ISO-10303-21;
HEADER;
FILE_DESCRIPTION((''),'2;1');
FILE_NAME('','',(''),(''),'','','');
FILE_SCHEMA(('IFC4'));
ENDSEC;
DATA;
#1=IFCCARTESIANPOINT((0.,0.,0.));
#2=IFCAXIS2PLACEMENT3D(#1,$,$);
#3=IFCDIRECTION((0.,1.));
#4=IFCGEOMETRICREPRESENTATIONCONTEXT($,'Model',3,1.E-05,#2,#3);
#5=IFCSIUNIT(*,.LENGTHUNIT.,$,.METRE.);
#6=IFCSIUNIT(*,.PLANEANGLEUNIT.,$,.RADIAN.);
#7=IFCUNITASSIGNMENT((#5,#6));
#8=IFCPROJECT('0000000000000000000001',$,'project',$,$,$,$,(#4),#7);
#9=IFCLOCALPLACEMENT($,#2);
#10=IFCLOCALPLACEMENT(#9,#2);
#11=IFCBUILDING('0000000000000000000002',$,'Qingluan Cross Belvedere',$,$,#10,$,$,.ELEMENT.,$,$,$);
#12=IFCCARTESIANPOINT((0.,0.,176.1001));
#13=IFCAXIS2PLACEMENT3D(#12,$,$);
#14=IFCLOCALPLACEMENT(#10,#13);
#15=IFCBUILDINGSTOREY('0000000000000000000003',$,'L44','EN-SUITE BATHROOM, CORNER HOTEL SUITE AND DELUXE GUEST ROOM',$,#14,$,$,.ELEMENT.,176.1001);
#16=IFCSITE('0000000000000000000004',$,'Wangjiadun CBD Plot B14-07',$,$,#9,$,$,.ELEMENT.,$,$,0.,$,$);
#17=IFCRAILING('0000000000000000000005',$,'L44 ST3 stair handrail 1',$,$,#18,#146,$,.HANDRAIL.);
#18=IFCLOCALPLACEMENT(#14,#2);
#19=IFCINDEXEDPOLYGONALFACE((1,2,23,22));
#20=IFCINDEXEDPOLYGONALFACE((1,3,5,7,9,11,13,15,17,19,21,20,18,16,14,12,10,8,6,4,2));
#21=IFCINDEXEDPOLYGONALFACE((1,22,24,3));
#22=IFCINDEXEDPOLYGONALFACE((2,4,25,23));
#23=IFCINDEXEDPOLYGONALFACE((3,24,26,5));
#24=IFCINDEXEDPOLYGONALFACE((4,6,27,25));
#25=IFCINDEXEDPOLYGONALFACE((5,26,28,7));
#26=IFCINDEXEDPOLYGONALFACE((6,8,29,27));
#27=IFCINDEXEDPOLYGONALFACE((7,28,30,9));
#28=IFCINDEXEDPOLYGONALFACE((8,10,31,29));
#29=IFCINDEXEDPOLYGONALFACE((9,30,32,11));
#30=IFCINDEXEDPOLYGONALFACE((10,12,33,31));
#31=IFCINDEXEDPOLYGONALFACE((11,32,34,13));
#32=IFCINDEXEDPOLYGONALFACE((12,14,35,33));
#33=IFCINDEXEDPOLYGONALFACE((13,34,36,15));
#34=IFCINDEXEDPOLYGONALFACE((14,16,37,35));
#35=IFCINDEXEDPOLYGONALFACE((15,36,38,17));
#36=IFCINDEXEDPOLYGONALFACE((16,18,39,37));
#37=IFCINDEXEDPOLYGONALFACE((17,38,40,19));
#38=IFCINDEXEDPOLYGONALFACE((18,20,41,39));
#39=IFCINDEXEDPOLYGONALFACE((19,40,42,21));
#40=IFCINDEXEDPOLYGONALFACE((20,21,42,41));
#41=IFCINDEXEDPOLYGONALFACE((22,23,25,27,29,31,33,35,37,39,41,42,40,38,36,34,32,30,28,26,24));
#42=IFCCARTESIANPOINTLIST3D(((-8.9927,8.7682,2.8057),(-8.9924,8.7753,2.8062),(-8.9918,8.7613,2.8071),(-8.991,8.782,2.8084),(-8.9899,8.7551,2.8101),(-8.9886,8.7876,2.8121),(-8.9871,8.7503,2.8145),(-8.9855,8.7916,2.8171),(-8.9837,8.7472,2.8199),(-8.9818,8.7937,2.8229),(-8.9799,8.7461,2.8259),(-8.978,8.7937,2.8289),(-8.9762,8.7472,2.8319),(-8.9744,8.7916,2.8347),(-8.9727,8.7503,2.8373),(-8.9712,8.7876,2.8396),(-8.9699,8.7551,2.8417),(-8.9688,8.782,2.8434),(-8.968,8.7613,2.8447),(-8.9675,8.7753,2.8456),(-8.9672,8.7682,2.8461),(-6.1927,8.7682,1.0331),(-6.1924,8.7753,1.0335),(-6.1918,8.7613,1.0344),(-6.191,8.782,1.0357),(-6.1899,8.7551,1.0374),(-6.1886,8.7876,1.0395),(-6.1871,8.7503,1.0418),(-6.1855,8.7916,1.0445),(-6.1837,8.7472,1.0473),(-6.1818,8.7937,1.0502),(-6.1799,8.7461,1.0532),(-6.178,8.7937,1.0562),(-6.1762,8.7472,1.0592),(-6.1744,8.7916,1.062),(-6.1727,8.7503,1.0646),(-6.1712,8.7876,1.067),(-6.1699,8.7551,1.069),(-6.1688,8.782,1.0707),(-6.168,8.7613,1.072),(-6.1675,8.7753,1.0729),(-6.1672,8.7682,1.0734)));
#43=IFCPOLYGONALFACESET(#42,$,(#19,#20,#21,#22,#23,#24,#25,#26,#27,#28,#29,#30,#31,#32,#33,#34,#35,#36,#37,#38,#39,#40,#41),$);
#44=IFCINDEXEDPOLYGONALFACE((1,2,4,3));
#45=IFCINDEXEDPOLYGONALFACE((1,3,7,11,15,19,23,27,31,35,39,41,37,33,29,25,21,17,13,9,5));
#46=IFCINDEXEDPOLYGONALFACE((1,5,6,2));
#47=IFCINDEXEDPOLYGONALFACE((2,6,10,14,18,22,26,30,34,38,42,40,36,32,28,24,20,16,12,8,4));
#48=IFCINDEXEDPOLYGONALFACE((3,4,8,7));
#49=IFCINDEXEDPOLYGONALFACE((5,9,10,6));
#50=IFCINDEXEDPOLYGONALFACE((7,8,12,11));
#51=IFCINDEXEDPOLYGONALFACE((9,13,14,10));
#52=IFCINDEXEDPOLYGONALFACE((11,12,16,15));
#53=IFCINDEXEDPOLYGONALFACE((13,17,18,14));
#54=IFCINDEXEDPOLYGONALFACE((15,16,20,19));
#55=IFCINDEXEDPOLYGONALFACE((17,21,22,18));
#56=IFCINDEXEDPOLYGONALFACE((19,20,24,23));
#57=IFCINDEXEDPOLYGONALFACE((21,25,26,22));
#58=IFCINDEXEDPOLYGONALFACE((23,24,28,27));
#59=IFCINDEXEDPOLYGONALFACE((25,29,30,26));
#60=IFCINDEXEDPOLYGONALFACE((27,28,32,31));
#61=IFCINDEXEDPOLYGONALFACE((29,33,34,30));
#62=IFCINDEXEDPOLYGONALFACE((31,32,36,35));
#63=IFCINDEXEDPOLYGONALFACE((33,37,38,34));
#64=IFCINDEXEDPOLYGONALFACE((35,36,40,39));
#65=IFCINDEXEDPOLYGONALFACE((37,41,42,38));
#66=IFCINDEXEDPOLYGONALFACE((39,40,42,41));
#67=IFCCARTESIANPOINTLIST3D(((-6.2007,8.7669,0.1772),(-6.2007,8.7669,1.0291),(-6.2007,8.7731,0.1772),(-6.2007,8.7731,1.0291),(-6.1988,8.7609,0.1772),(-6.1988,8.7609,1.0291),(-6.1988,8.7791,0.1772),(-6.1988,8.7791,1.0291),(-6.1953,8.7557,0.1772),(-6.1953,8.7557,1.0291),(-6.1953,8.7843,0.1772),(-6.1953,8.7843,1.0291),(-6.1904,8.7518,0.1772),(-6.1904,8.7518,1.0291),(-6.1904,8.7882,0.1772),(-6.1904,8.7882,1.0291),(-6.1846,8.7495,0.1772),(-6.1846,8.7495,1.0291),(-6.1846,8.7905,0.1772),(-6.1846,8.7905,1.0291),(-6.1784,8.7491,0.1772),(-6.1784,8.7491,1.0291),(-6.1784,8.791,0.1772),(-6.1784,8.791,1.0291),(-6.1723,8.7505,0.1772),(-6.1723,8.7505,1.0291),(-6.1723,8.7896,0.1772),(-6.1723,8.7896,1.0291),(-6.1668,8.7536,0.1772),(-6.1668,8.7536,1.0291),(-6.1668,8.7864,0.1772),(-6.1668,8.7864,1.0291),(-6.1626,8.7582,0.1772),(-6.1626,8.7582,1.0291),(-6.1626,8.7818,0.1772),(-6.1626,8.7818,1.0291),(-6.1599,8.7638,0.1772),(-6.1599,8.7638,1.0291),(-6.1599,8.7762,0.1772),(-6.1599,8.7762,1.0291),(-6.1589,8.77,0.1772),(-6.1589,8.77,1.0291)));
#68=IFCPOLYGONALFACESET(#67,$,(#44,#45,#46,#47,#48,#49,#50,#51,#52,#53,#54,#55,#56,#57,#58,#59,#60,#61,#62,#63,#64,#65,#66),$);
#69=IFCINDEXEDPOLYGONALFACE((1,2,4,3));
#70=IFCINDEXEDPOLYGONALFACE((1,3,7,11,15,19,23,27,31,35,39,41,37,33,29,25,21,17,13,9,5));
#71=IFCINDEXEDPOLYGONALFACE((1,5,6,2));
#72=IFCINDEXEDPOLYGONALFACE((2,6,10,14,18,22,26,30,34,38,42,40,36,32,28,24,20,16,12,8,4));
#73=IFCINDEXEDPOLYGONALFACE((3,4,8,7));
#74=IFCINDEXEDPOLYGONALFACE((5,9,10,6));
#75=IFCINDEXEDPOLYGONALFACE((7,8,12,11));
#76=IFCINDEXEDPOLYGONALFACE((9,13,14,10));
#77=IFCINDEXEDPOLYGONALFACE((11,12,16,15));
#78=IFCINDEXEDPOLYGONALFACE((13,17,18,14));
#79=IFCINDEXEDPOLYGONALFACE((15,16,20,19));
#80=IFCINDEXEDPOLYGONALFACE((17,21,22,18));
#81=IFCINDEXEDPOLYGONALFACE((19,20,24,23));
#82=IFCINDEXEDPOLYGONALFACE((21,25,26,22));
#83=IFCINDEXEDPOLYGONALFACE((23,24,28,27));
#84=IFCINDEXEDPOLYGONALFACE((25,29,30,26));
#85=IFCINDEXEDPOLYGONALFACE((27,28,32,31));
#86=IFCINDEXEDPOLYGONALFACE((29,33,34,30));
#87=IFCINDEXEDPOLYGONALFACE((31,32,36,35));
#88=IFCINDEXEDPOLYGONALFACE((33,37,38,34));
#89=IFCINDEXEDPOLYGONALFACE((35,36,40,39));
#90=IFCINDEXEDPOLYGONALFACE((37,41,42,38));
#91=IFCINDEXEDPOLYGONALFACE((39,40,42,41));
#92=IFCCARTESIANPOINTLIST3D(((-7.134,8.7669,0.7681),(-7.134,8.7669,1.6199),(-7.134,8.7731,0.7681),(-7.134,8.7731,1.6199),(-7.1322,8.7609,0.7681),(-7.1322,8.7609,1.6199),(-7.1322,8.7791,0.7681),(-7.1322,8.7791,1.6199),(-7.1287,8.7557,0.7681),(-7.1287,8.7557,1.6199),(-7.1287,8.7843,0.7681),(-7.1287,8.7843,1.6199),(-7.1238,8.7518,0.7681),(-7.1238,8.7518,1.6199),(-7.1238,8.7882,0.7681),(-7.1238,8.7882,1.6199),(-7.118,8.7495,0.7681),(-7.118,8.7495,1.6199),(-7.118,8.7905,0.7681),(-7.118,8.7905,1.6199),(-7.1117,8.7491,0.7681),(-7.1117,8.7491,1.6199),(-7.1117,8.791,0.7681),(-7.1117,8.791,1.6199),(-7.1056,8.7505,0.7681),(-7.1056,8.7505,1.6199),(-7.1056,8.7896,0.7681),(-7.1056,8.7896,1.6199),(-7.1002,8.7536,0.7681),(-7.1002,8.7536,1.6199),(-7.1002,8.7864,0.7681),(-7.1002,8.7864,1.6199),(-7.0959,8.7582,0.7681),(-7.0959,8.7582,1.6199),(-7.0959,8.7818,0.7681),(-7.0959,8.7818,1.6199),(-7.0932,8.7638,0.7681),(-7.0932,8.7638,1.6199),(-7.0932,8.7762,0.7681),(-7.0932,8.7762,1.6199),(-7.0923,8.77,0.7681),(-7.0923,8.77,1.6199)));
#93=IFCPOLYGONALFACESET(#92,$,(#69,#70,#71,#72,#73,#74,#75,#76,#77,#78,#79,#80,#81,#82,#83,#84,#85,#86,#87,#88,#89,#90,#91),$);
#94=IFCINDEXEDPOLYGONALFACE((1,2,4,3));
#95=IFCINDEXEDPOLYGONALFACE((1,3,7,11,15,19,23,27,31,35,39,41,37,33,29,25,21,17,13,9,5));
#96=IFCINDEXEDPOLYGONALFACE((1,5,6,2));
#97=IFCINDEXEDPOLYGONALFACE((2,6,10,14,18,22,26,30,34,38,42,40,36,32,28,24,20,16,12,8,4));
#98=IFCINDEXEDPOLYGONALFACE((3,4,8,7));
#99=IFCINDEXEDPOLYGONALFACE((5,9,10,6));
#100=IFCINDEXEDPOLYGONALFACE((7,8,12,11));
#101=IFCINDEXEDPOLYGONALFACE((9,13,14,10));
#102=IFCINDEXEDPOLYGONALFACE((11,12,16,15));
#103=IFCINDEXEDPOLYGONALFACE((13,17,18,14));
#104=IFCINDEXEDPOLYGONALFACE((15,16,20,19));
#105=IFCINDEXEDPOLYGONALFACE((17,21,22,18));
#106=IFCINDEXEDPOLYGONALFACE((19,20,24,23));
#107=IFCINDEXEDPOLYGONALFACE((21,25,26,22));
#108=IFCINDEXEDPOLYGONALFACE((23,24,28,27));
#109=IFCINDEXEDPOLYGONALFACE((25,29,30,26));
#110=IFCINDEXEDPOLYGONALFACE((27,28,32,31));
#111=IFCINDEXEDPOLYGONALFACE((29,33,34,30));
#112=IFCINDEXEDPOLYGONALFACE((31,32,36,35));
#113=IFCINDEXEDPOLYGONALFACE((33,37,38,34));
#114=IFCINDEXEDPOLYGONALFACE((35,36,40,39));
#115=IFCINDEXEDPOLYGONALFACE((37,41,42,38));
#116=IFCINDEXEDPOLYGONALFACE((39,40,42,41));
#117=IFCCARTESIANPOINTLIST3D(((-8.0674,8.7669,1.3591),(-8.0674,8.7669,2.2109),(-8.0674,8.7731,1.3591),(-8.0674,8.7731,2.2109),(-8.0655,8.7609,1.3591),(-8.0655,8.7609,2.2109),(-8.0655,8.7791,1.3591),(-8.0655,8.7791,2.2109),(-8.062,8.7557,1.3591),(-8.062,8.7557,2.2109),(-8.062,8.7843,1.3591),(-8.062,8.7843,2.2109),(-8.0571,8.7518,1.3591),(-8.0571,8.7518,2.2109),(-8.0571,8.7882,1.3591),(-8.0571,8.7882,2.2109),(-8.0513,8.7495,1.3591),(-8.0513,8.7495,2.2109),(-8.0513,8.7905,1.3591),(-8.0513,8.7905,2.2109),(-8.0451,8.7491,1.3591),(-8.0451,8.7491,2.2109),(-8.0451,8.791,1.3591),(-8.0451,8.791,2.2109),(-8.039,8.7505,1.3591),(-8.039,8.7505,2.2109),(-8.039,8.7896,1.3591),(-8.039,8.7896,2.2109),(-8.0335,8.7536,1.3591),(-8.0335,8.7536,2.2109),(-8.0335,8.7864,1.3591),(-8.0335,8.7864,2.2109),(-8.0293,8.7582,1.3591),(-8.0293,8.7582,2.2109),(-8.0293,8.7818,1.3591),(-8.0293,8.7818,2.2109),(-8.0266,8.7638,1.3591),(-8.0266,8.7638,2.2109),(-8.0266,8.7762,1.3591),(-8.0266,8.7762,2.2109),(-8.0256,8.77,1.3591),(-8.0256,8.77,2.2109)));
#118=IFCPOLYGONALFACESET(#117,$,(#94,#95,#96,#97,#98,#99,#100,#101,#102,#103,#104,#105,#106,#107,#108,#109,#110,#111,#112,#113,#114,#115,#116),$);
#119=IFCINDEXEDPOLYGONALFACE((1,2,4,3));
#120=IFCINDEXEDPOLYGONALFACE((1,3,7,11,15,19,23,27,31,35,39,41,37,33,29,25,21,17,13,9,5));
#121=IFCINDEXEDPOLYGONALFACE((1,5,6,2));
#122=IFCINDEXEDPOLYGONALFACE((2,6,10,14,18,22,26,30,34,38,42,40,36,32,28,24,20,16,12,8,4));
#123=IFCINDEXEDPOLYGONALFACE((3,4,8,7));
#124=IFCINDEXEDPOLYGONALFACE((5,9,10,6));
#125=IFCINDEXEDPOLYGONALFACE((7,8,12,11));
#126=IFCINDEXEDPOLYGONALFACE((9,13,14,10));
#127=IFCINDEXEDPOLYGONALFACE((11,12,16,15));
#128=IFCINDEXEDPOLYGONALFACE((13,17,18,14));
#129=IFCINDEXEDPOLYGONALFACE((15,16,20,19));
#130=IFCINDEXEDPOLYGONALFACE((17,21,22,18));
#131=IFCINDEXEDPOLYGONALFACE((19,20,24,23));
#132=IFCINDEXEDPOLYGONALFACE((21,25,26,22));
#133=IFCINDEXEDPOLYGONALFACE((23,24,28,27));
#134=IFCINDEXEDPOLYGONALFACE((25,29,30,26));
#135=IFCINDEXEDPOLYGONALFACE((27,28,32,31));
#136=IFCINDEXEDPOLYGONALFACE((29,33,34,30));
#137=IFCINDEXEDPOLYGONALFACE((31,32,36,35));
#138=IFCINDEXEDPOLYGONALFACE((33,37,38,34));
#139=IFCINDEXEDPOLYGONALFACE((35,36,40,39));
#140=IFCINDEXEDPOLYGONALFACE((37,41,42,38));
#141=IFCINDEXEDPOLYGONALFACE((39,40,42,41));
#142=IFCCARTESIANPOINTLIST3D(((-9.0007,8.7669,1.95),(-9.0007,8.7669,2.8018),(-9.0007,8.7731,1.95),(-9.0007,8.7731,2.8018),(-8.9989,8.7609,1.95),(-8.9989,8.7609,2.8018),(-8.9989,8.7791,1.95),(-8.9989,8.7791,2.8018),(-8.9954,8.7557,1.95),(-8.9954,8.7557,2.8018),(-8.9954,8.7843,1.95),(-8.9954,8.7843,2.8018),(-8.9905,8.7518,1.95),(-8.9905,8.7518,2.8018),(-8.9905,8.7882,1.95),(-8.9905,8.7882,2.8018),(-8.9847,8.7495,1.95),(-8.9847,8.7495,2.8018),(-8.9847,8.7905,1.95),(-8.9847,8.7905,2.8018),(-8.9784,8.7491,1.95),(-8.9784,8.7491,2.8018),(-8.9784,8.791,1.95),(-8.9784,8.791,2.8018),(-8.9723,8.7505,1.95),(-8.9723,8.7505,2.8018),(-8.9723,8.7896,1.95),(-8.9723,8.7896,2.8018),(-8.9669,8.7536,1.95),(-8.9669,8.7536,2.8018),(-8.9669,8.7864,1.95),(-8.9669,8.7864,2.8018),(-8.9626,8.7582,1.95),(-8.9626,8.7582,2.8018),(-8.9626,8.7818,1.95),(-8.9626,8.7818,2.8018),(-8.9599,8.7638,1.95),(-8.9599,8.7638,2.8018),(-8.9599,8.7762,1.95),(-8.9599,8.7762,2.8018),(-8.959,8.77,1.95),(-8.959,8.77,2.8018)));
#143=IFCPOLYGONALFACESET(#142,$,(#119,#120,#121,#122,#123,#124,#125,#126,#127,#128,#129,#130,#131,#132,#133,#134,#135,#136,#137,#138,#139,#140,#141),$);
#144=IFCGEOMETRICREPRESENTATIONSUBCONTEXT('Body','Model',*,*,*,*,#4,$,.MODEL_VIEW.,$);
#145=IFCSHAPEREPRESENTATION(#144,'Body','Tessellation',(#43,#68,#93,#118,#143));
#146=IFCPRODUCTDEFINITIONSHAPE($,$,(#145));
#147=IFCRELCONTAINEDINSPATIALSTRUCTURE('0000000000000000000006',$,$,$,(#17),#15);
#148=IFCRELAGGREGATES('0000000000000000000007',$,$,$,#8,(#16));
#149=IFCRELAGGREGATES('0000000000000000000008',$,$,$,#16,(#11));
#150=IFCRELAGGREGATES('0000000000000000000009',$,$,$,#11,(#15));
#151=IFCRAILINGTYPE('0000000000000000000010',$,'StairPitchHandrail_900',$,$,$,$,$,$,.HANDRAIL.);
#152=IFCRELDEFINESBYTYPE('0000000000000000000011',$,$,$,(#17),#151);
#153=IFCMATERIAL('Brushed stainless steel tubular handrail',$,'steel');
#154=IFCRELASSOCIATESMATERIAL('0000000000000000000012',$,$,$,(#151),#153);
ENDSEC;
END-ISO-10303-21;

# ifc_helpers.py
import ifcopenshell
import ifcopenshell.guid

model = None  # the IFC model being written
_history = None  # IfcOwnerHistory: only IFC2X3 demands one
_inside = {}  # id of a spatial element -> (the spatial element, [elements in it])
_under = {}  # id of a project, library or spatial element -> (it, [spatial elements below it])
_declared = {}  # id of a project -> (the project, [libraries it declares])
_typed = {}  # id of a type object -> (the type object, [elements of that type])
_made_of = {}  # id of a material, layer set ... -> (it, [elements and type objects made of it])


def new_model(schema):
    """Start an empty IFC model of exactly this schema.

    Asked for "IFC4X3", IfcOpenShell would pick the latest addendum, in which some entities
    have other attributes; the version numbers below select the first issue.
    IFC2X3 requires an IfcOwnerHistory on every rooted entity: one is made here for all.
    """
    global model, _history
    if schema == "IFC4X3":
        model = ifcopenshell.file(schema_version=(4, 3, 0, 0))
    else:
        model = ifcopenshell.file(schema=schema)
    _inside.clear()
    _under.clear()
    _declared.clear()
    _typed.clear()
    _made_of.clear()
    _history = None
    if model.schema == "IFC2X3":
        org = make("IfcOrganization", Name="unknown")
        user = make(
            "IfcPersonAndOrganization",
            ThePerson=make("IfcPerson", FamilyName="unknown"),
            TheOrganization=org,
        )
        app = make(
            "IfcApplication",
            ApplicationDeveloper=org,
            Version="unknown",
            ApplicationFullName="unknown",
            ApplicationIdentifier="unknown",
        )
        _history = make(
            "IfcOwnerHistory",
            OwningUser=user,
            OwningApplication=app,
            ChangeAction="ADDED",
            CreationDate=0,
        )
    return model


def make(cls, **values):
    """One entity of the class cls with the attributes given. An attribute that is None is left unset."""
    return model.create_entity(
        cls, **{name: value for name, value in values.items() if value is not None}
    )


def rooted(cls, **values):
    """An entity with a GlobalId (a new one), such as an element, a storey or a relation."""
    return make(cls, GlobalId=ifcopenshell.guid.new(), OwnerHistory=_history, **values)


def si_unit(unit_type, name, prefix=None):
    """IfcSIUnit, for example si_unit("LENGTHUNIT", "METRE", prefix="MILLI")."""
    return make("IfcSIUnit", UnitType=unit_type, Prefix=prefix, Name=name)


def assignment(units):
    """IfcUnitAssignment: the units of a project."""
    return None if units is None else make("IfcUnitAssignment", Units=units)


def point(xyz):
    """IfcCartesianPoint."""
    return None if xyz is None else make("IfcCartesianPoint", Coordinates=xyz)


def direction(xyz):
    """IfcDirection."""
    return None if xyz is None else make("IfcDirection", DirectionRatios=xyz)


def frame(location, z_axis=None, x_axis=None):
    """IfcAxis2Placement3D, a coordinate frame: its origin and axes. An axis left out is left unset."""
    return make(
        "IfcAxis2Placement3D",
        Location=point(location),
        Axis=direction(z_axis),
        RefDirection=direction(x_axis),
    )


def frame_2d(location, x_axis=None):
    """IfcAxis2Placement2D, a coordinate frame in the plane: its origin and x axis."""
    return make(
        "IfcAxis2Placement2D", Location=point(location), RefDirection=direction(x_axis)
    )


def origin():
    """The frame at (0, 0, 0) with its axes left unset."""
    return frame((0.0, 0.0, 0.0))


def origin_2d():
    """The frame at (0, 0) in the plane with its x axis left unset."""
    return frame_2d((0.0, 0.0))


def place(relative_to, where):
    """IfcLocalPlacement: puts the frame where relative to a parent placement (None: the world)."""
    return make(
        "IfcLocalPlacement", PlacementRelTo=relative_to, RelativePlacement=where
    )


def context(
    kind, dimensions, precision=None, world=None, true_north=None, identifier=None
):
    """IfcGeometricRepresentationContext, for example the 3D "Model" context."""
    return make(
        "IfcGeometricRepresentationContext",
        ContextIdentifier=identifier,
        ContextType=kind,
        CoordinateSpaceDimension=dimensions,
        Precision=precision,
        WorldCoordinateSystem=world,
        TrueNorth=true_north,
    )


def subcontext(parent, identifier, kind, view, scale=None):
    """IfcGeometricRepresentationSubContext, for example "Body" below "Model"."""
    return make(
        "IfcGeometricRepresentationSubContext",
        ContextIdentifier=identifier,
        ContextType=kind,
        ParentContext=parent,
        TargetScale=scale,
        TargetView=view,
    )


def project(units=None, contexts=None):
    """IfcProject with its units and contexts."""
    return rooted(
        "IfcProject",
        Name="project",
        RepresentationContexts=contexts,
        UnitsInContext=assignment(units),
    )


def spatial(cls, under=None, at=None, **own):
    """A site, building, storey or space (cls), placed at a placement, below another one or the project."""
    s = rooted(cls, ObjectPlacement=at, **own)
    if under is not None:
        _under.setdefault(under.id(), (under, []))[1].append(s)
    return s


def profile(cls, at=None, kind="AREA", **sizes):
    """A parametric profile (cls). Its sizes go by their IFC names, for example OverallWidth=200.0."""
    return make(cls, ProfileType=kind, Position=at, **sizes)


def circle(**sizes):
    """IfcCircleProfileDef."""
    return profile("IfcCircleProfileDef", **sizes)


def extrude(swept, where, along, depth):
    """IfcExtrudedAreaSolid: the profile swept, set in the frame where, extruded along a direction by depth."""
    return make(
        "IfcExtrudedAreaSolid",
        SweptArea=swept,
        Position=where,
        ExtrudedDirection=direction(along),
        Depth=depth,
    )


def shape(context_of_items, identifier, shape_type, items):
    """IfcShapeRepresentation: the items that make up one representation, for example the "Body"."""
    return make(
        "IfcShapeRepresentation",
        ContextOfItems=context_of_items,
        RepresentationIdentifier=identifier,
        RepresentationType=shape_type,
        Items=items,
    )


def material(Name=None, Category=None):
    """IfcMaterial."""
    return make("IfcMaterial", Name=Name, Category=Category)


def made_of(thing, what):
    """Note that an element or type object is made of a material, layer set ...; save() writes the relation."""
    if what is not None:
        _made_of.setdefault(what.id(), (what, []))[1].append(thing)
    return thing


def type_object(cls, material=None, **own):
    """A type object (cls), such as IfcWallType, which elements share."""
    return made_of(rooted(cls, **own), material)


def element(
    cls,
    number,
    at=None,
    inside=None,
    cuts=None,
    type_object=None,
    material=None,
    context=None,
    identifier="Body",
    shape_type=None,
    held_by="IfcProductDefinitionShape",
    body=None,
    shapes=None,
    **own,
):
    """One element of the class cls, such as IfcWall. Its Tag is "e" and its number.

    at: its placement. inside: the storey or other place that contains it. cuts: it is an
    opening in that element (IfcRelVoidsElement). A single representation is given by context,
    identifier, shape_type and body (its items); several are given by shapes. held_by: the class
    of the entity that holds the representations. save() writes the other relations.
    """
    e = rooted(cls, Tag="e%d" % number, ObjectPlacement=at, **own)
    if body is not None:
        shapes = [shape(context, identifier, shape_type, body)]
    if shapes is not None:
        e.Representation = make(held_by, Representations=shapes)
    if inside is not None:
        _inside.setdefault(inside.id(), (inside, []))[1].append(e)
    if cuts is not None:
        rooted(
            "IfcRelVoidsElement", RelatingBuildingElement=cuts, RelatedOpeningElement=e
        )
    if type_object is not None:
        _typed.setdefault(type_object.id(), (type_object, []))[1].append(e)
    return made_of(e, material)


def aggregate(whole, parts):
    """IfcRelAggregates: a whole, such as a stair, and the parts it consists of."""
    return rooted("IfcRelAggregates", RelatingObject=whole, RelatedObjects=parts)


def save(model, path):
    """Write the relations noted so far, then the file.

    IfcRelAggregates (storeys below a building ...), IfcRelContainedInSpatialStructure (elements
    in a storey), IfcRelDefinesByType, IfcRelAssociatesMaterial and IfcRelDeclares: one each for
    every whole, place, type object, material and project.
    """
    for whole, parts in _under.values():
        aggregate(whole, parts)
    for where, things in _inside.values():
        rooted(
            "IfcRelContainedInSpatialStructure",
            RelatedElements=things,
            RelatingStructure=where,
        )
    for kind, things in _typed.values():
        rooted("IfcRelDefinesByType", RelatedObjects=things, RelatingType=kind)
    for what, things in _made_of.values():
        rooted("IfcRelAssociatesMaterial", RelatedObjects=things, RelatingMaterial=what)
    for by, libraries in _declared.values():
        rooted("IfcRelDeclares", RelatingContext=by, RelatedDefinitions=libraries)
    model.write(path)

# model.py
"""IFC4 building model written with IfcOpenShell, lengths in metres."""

from ifc_helpers import new_model, si_unit, direction, frame, origin, origin_2d, place, context, subcontext, project, spatial, circle, extrude, material, type_object, element, save


model = new_model("IFC4")

# Units and contexts
model_context = context("Model", 3, precision=1e-05, world=origin(), true_north=direction((0.0, 1.0)))
body_context = subcontext(model_context, "Body", "Model", "MODEL_VIEW")
ifc_project = project(units=[si_unit("LENGTHUNIT", "METRE"), si_unit("PLANEANGLEUNIT", "RADIAN")], contexts=[model_context])

# Site, building, storey
site_placement = place(None, origin())
site = spatial("IfcSite", under=ifc_project, at=site_placement, Name="Wangjiadun CBD Plot B14-07", CompositionType="ELEMENT", RefElevation=0.0)
building_placement = place(site_placement, origin())
building = spatial("IfcBuilding", under=site, at=building_placement, Name="Qingluan Cross Belvedere", CompositionType="ELEMENT")
storey_placement = place(building_placement, frame((0.0, 0.0, 176.1001)))
storey = spatial("IfcBuildingStorey", under=building, at=storey_placement, Name="L44", Description="EN-SUITE BATHROOM, CORNER HOTEL SUITE AND DELUXE GUEST ROOM", CompositionType="ELEMENT", Elevation=176.1001)

# Railing
ifc_material_1 = material(Name="Brushed stainless steel tubular handrail", Category="steel")
railing_type_1 = type_object("IfcRailingType", Name="StairPitchHandrail_900", PredefinedType="HANDRAIL", material=ifc_material_1)
railing_1_placement = place(storey_placement, frame((-6.1799, 8.77, 0.1772)))
element("IfcRailing", 1, at=railing_1_placement, inside=storey, type_object=railing_type_1, Name="L44 ST3 stair handrail 1", PredefinedType="HANDRAIL", context=body_context, shape_type="SweptSolid", body=[
    extrude(circle(Radius=0.0239, at=origin_2d()), frame((0.0, 0.0, 0.876), z_axis=(-0.844909, 0.0, 0.53491), x_axis=(0.0, -1.0, 0.0)), (0.0, 0.0, 1.0), 3.314),
    extrude(circle(Radius=0.021, at=origin_2d()), origin(), (0.0, 0.0, 1.0), 0.8518),
    extrude(circle(Radius=0.021, at=origin_2d()), frame((-0.9333, 0.0, 0.5908)), (0.0, 0.0, 1.0), 0.8518),
    extrude(circle(Radius=0.021, at=origin_2d()), frame((-1.8667, 0.0, 1.1819)), (0.0, 0.0, 1.0), 0.8518),
    extrude(circle(Radius=0.021, at=origin_2d()), frame((-2.8, 0.0, 1.7727)), (0.0, 0.0, 1.0), 0.8518),
])

save(model, "model.ifc")
